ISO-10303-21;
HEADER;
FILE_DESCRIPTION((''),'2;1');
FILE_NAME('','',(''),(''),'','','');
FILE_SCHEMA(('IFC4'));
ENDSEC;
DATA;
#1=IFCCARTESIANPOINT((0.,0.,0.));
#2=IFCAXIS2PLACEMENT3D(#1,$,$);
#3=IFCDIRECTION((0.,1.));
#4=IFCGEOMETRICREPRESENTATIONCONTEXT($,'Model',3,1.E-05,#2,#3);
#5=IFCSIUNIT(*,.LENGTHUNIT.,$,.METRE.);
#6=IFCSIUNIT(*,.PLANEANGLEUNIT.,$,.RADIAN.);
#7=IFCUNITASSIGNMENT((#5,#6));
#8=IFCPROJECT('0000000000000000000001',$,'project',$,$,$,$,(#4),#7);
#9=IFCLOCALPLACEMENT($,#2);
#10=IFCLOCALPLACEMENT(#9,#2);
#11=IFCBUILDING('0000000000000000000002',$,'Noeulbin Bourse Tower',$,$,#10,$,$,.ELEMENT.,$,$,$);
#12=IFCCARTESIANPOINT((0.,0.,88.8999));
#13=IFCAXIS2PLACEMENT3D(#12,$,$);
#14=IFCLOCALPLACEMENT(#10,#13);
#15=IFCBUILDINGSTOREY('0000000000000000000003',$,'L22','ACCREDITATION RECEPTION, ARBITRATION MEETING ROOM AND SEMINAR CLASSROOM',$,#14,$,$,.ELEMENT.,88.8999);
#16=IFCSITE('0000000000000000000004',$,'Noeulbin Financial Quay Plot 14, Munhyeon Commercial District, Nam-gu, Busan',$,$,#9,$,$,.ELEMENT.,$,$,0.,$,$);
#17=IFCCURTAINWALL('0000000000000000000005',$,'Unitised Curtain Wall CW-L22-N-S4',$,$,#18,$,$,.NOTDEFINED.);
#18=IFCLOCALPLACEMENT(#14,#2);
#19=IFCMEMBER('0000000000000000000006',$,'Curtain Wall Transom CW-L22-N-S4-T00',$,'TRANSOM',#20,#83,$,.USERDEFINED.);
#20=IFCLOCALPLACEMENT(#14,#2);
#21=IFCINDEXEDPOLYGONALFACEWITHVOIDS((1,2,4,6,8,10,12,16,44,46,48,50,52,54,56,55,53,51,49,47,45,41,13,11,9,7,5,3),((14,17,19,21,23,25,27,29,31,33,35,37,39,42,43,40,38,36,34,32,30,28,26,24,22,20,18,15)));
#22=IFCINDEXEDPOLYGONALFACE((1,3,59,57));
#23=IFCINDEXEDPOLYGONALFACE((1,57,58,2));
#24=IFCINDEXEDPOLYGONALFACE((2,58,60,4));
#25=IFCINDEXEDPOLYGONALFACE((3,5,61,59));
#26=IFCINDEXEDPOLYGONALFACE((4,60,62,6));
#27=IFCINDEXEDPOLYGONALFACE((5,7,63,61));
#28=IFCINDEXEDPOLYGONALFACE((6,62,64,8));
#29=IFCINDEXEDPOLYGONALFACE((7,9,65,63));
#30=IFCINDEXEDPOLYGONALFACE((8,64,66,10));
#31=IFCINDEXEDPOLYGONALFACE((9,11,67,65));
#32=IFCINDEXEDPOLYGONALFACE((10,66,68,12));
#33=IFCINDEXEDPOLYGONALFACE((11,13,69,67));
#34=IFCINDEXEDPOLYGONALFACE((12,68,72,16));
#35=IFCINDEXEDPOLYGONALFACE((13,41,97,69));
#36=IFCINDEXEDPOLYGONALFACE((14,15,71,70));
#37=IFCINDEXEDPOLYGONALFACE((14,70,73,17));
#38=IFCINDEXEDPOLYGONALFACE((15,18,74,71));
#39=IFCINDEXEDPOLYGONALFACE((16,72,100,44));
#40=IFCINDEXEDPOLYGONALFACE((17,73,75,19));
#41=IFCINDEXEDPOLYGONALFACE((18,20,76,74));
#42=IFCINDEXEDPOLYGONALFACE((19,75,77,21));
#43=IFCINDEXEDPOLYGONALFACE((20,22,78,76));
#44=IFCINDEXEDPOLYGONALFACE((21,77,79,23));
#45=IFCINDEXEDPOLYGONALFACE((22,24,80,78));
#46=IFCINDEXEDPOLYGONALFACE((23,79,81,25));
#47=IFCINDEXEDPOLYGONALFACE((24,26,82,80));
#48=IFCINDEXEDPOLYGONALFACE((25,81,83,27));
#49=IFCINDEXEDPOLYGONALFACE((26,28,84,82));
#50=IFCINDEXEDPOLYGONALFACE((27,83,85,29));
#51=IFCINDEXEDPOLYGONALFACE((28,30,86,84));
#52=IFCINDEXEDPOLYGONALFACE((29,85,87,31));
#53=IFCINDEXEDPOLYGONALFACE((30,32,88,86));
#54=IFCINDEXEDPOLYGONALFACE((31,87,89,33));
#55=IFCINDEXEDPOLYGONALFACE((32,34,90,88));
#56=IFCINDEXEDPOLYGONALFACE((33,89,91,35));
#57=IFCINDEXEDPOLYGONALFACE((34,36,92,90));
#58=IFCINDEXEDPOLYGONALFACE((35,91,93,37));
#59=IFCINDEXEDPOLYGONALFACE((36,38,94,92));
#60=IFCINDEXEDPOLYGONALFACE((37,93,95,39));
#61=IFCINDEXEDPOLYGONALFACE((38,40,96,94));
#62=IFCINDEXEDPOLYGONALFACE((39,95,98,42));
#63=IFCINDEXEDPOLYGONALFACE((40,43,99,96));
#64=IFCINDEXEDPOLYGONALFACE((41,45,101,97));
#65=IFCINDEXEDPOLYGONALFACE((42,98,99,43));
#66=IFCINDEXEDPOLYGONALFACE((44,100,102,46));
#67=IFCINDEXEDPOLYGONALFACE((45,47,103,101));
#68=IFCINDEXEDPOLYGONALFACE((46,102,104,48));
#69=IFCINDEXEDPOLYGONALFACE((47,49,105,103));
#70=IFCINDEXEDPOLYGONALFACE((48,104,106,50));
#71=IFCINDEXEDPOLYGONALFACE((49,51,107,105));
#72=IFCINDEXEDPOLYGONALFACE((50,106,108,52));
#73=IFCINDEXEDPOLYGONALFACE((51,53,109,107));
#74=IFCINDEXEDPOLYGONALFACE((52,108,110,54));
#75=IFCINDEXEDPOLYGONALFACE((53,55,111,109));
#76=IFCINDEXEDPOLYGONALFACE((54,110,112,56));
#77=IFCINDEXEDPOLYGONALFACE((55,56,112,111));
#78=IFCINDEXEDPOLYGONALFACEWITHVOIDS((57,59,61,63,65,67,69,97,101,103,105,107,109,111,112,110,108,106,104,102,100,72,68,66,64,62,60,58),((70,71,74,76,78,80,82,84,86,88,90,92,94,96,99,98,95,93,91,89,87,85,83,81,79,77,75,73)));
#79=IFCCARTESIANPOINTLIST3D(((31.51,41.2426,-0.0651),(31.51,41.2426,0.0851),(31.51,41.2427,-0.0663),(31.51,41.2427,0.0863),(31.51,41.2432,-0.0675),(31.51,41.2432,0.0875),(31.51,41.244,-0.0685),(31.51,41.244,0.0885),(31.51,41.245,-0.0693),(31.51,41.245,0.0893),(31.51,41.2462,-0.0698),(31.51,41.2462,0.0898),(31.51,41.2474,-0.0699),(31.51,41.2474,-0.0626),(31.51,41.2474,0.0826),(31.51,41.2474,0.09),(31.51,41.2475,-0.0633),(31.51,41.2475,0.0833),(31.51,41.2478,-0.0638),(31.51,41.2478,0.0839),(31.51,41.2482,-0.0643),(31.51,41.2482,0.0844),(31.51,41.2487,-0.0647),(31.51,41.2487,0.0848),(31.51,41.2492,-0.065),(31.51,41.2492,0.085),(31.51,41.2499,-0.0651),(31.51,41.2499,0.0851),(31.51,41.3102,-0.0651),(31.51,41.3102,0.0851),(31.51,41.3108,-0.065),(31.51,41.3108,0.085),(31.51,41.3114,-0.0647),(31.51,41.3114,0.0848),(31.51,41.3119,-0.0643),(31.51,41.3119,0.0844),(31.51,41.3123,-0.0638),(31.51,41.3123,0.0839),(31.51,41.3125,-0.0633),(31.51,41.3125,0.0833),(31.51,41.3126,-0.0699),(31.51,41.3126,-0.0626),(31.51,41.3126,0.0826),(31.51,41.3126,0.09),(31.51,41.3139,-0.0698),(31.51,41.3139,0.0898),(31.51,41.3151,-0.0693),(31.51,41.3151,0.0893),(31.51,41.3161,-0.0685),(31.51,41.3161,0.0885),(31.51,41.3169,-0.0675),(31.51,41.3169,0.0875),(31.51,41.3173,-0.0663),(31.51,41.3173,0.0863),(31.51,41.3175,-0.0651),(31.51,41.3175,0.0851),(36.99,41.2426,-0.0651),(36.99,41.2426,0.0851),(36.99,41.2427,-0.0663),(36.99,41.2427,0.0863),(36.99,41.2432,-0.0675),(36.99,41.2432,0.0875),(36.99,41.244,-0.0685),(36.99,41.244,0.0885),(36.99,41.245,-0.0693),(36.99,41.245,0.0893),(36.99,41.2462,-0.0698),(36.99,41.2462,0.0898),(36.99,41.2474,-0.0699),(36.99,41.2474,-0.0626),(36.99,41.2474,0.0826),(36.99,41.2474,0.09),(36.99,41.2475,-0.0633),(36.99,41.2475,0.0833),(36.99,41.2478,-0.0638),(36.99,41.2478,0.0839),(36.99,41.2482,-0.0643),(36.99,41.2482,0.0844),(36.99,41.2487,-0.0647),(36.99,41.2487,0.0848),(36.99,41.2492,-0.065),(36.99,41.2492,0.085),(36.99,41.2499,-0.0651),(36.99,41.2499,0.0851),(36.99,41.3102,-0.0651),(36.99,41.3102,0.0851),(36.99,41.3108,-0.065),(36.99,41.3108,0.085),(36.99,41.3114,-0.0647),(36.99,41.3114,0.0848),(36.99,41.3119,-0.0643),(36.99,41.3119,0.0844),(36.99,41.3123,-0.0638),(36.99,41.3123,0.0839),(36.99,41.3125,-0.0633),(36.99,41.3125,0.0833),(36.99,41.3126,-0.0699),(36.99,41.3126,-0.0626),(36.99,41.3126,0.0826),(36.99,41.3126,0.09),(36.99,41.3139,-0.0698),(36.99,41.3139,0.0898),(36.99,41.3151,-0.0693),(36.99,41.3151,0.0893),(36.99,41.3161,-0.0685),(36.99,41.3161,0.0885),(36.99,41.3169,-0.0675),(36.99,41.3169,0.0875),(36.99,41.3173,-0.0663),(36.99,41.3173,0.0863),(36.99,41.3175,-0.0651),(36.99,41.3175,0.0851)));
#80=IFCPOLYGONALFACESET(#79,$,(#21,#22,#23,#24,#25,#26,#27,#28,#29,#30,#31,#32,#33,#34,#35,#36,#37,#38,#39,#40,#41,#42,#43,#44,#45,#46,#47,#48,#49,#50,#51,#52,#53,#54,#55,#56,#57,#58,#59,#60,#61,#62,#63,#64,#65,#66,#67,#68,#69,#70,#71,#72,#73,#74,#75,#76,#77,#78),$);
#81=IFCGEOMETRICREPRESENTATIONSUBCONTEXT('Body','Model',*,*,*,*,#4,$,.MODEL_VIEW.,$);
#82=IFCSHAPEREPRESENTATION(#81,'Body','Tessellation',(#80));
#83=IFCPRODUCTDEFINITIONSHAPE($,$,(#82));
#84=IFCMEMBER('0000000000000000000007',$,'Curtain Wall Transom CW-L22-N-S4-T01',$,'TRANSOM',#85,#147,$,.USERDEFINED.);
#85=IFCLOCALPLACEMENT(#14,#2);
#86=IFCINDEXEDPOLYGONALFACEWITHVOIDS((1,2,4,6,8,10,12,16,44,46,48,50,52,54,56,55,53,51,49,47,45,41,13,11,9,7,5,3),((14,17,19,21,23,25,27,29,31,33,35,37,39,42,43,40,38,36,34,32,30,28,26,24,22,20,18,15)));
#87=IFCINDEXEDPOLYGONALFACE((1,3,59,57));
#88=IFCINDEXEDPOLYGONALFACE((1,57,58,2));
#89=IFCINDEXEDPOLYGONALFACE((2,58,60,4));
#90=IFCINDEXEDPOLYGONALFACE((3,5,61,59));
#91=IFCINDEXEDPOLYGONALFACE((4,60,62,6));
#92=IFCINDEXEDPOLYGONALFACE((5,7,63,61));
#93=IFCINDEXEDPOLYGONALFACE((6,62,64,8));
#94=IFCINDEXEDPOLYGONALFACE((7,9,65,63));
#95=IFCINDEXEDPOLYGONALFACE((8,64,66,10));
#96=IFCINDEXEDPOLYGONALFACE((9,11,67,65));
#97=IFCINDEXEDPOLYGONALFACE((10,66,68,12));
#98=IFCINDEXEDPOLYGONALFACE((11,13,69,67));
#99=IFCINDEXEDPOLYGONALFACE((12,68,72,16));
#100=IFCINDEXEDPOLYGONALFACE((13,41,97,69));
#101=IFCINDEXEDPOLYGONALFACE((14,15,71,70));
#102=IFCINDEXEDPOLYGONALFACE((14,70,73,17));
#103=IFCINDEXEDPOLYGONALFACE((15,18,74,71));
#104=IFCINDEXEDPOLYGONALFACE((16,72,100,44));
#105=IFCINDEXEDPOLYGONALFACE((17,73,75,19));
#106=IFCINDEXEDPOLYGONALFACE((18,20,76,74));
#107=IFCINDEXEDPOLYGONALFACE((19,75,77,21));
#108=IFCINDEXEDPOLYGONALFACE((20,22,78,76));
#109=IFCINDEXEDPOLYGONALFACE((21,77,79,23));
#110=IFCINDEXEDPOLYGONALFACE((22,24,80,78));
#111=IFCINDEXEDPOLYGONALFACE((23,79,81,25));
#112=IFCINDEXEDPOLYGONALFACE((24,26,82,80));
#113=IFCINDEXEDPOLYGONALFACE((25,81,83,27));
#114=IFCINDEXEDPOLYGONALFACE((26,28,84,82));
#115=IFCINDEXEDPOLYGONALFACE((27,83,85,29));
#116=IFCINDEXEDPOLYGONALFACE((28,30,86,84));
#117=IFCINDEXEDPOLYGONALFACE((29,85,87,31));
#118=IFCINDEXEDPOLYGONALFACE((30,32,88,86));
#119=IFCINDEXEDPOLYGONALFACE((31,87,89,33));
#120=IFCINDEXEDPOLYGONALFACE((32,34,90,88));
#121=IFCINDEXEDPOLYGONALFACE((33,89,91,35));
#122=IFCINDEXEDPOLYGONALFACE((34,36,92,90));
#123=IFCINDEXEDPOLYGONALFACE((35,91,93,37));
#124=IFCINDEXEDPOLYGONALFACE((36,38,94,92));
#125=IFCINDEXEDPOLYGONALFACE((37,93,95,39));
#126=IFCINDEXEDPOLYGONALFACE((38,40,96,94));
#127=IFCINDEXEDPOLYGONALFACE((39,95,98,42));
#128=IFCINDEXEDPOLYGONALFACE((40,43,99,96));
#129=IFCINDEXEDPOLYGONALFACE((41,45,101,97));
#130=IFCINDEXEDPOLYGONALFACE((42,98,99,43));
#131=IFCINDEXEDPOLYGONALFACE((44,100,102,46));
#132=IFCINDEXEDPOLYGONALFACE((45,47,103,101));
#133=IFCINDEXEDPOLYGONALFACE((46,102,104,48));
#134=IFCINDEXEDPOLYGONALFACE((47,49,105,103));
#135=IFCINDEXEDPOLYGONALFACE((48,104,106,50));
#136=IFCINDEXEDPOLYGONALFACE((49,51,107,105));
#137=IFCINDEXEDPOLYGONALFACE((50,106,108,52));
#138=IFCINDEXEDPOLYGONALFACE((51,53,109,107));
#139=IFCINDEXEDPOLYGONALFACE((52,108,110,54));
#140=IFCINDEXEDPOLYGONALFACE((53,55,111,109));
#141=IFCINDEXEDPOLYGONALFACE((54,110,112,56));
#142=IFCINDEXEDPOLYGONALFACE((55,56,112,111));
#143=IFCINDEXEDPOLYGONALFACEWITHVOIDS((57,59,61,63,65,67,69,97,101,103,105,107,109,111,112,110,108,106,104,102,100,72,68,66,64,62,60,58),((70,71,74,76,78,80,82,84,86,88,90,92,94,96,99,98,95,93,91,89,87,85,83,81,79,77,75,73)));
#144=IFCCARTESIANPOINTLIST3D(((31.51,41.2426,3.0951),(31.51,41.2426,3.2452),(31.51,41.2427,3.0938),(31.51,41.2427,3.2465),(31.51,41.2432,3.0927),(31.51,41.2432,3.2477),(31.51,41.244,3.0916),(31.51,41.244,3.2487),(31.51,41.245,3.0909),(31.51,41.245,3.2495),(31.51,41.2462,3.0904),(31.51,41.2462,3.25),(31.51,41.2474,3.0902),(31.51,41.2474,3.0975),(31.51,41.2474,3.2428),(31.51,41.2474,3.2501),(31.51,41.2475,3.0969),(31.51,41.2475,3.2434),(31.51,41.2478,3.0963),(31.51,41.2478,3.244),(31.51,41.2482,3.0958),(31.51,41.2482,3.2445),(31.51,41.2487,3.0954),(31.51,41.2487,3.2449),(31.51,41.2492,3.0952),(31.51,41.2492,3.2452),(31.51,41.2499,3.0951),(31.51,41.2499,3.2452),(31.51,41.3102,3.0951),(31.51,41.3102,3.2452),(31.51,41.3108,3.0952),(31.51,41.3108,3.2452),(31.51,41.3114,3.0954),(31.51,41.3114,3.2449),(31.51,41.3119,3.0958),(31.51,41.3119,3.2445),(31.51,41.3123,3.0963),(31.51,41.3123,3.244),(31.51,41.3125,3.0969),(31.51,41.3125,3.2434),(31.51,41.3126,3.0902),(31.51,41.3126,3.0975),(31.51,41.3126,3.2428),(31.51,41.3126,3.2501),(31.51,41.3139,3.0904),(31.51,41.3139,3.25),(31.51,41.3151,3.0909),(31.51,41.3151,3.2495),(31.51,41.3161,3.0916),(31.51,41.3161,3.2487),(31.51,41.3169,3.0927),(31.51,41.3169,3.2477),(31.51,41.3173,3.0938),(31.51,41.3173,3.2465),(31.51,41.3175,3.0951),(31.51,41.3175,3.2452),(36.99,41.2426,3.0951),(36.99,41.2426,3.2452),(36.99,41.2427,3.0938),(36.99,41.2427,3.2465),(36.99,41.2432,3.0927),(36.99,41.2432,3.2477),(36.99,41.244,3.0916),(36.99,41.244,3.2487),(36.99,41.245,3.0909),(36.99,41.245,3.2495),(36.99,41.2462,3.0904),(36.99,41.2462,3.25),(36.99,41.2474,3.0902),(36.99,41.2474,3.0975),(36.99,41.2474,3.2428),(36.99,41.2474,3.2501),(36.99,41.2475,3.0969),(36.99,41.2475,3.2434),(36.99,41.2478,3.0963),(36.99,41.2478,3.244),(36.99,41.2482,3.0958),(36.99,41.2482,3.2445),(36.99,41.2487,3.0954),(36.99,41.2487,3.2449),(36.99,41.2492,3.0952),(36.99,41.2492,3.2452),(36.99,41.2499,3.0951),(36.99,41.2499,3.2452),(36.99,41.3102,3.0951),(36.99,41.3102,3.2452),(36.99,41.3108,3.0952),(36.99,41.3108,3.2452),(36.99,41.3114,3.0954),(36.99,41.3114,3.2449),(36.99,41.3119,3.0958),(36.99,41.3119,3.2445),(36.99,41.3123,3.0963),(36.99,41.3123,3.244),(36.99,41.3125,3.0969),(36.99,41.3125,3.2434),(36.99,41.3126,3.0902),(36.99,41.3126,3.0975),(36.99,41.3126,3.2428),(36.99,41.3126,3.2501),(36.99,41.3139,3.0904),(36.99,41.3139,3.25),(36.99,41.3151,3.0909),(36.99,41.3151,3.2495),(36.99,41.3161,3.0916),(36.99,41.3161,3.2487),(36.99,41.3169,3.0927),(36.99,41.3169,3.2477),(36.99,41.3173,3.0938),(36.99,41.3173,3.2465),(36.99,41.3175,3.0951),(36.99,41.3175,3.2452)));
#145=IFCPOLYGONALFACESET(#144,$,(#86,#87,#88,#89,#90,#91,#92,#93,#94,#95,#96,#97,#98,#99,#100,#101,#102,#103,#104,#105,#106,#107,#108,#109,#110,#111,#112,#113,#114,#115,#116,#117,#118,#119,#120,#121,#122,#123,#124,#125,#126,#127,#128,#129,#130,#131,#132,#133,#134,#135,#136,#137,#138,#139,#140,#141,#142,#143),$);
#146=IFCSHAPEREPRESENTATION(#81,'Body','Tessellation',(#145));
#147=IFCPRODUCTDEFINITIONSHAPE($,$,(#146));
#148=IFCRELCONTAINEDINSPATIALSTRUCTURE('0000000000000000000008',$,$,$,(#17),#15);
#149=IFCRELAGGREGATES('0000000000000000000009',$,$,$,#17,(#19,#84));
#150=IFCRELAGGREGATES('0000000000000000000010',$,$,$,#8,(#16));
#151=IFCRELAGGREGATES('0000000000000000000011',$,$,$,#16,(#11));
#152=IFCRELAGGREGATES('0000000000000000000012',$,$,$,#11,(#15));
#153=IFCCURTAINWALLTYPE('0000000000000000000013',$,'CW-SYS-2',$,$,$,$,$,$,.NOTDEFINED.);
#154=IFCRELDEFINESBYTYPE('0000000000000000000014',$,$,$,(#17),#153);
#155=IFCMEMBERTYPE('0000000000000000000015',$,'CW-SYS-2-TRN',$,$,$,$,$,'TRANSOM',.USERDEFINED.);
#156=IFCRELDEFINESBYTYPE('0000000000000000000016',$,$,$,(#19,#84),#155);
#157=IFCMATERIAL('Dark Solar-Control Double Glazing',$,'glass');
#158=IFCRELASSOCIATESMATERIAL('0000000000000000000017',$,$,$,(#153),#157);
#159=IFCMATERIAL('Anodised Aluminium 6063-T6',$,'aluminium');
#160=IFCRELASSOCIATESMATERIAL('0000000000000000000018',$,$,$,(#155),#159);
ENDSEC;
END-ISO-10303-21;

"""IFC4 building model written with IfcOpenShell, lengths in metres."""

from ifc_helpers import new_model, si_unit, direction, frame, origin, origin_2d, place, context, subcontext, project, spatial, hollow_rectangle, extrude, material, material_profile, profile_set, type_object, element, aggregate, save


model = new_model("IFC4")

# Units and contexts
model_context = context("Model", 3, precision=1e-05, world=origin(), true_north=direction((0.0, 1.0)))
body_context = subcontext(model_context, "Body", "Model", "MODEL_VIEW")
ifc_project = project(units=[si_unit("LENGTHUNIT", "METRE"), si_unit("PLANEANGLEUNIT", "RADIAN")], contexts=[model_context])

# Site, building, storey
site_placement = place(None, origin())
site = spatial("IfcSite", under=ifc_project, at=site_placement, Name="Noeulbin Financial Quay Plot 14, Munhyeon Commercial District, Nam-gu, Busan", CompositionType="ELEMENT", RefElevation=0.0)
building_placement = place(site_placement, origin())
building = spatial("IfcBuilding", under=site, at=building_placement, Name="Noeulbin Bourse Tower", CompositionType="ELEMENT")
storey_placement = place(building_placement, frame((0.0, 0.0, 88.8999)))
storey = spatial("IfcBuildingStorey", under=building, at=storey_placement, Name="L22", Description="ACCREDITATION RECEPTION, ARBITRATION MEETING ROOM AND SEMINAR CLASSROOM", CompositionType="ELEMENT", Elevation=88.8999)

# Shared definitions
ifc_material_1 = material(Name="Dark Solar-Control Double Glazing", Category="glass")
curtain_wall_type = type_object("IfcCurtainWallType", Name="CW-SYS-2", PredefinedType="NOTDEFINED", material=ifc_material_1)
ifc_material_2 = material(Name="Anodised Aluminium 6063-T6", Category="aluminium")

# Curtain wall
curtain_wall_1_placement = place(storey_placement, origin())
curtain_wall_1 = element("IfcCurtainWall", 1, at=curtain_wall_1_placement, inside=storey, type_object=curtain_wall_type, Name="Unitised Curtain Wall CW-L22-N-S4", PredefinedType="NOTDEFINED")

# Members
ifc_material_profile_1 = material_profile(ifc_material_2, hollow_rectangle(XDim=0.075, YDim=0.1599, WallThickness=0.0049, InnerFilletRadius=0.0024, OuterFilletRadius=0.0049, at=origin_2d()), Name="ALU-TRAN-75x160x5", Category="LoadBearing")
ifc_profile_set_1 = profile_set([ifc_material_profile_1], Name="Anodised Aluminium 6063-T6")
member_type_1 = type_object("IfcMemberType", Name="CW-SYS-2-TRN", ElementType="TRANSOM", PredefinedType="USERDEFINED", material=ifc_profile_set_1)
member_1_placement = place(storey_placement, frame((31.51, 41.28, 0.01), z_axis=(1.0, 0.0, 0.0), x_axis=(0.0, 1.0, 0.0)))
member_1 = element("IfcMember", 2, at=member_1_placement, type_object=member_type_1, Name="Curtain Wall Transom CW-L22-N-S4-T00", ObjectType="TRANSOM", PredefinedType="USERDEFINED", context=body_context, shape_type="SweptSolid", body=[
    extrude(hollow_rectangle(XDim=0.075, YDim=0.1599, WallThickness=0.0049, InnerFilletRadius=0.0024, OuterFilletRadius=0.0049, at=origin_2d()), origin(), (0.0, 0.0, 1.0), 5.48),
])
member_2_placement = place(storey_placement, frame((31.51, 41.28, 3.1702), z_axis=(1.0, 0.0, 0.0), x_axis=(0.0, 1.0, 0.0)))
member_2 = element("IfcMember", 3, at=member_2_placement, type_object=member_type_1, Name="Curtain Wall Transom CW-L22-N-S4-T01", ObjectType="TRANSOM", PredefinedType="USERDEFINED", context=body_context, shape_type="SweptSolid", body=[
    extrude(hollow_rectangle(XDim=0.075, YDim=0.1599, WallThickness=0.0049, InnerFilletRadius=0.0024, OuterFilletRadius=0.0049, at=origin_2d()), origin(), (0.0, 0.0, 1.0), 5.48),
])

aggregate(curtain_wall_1, [member_1, member_2])

save(model, "model.ifc")
